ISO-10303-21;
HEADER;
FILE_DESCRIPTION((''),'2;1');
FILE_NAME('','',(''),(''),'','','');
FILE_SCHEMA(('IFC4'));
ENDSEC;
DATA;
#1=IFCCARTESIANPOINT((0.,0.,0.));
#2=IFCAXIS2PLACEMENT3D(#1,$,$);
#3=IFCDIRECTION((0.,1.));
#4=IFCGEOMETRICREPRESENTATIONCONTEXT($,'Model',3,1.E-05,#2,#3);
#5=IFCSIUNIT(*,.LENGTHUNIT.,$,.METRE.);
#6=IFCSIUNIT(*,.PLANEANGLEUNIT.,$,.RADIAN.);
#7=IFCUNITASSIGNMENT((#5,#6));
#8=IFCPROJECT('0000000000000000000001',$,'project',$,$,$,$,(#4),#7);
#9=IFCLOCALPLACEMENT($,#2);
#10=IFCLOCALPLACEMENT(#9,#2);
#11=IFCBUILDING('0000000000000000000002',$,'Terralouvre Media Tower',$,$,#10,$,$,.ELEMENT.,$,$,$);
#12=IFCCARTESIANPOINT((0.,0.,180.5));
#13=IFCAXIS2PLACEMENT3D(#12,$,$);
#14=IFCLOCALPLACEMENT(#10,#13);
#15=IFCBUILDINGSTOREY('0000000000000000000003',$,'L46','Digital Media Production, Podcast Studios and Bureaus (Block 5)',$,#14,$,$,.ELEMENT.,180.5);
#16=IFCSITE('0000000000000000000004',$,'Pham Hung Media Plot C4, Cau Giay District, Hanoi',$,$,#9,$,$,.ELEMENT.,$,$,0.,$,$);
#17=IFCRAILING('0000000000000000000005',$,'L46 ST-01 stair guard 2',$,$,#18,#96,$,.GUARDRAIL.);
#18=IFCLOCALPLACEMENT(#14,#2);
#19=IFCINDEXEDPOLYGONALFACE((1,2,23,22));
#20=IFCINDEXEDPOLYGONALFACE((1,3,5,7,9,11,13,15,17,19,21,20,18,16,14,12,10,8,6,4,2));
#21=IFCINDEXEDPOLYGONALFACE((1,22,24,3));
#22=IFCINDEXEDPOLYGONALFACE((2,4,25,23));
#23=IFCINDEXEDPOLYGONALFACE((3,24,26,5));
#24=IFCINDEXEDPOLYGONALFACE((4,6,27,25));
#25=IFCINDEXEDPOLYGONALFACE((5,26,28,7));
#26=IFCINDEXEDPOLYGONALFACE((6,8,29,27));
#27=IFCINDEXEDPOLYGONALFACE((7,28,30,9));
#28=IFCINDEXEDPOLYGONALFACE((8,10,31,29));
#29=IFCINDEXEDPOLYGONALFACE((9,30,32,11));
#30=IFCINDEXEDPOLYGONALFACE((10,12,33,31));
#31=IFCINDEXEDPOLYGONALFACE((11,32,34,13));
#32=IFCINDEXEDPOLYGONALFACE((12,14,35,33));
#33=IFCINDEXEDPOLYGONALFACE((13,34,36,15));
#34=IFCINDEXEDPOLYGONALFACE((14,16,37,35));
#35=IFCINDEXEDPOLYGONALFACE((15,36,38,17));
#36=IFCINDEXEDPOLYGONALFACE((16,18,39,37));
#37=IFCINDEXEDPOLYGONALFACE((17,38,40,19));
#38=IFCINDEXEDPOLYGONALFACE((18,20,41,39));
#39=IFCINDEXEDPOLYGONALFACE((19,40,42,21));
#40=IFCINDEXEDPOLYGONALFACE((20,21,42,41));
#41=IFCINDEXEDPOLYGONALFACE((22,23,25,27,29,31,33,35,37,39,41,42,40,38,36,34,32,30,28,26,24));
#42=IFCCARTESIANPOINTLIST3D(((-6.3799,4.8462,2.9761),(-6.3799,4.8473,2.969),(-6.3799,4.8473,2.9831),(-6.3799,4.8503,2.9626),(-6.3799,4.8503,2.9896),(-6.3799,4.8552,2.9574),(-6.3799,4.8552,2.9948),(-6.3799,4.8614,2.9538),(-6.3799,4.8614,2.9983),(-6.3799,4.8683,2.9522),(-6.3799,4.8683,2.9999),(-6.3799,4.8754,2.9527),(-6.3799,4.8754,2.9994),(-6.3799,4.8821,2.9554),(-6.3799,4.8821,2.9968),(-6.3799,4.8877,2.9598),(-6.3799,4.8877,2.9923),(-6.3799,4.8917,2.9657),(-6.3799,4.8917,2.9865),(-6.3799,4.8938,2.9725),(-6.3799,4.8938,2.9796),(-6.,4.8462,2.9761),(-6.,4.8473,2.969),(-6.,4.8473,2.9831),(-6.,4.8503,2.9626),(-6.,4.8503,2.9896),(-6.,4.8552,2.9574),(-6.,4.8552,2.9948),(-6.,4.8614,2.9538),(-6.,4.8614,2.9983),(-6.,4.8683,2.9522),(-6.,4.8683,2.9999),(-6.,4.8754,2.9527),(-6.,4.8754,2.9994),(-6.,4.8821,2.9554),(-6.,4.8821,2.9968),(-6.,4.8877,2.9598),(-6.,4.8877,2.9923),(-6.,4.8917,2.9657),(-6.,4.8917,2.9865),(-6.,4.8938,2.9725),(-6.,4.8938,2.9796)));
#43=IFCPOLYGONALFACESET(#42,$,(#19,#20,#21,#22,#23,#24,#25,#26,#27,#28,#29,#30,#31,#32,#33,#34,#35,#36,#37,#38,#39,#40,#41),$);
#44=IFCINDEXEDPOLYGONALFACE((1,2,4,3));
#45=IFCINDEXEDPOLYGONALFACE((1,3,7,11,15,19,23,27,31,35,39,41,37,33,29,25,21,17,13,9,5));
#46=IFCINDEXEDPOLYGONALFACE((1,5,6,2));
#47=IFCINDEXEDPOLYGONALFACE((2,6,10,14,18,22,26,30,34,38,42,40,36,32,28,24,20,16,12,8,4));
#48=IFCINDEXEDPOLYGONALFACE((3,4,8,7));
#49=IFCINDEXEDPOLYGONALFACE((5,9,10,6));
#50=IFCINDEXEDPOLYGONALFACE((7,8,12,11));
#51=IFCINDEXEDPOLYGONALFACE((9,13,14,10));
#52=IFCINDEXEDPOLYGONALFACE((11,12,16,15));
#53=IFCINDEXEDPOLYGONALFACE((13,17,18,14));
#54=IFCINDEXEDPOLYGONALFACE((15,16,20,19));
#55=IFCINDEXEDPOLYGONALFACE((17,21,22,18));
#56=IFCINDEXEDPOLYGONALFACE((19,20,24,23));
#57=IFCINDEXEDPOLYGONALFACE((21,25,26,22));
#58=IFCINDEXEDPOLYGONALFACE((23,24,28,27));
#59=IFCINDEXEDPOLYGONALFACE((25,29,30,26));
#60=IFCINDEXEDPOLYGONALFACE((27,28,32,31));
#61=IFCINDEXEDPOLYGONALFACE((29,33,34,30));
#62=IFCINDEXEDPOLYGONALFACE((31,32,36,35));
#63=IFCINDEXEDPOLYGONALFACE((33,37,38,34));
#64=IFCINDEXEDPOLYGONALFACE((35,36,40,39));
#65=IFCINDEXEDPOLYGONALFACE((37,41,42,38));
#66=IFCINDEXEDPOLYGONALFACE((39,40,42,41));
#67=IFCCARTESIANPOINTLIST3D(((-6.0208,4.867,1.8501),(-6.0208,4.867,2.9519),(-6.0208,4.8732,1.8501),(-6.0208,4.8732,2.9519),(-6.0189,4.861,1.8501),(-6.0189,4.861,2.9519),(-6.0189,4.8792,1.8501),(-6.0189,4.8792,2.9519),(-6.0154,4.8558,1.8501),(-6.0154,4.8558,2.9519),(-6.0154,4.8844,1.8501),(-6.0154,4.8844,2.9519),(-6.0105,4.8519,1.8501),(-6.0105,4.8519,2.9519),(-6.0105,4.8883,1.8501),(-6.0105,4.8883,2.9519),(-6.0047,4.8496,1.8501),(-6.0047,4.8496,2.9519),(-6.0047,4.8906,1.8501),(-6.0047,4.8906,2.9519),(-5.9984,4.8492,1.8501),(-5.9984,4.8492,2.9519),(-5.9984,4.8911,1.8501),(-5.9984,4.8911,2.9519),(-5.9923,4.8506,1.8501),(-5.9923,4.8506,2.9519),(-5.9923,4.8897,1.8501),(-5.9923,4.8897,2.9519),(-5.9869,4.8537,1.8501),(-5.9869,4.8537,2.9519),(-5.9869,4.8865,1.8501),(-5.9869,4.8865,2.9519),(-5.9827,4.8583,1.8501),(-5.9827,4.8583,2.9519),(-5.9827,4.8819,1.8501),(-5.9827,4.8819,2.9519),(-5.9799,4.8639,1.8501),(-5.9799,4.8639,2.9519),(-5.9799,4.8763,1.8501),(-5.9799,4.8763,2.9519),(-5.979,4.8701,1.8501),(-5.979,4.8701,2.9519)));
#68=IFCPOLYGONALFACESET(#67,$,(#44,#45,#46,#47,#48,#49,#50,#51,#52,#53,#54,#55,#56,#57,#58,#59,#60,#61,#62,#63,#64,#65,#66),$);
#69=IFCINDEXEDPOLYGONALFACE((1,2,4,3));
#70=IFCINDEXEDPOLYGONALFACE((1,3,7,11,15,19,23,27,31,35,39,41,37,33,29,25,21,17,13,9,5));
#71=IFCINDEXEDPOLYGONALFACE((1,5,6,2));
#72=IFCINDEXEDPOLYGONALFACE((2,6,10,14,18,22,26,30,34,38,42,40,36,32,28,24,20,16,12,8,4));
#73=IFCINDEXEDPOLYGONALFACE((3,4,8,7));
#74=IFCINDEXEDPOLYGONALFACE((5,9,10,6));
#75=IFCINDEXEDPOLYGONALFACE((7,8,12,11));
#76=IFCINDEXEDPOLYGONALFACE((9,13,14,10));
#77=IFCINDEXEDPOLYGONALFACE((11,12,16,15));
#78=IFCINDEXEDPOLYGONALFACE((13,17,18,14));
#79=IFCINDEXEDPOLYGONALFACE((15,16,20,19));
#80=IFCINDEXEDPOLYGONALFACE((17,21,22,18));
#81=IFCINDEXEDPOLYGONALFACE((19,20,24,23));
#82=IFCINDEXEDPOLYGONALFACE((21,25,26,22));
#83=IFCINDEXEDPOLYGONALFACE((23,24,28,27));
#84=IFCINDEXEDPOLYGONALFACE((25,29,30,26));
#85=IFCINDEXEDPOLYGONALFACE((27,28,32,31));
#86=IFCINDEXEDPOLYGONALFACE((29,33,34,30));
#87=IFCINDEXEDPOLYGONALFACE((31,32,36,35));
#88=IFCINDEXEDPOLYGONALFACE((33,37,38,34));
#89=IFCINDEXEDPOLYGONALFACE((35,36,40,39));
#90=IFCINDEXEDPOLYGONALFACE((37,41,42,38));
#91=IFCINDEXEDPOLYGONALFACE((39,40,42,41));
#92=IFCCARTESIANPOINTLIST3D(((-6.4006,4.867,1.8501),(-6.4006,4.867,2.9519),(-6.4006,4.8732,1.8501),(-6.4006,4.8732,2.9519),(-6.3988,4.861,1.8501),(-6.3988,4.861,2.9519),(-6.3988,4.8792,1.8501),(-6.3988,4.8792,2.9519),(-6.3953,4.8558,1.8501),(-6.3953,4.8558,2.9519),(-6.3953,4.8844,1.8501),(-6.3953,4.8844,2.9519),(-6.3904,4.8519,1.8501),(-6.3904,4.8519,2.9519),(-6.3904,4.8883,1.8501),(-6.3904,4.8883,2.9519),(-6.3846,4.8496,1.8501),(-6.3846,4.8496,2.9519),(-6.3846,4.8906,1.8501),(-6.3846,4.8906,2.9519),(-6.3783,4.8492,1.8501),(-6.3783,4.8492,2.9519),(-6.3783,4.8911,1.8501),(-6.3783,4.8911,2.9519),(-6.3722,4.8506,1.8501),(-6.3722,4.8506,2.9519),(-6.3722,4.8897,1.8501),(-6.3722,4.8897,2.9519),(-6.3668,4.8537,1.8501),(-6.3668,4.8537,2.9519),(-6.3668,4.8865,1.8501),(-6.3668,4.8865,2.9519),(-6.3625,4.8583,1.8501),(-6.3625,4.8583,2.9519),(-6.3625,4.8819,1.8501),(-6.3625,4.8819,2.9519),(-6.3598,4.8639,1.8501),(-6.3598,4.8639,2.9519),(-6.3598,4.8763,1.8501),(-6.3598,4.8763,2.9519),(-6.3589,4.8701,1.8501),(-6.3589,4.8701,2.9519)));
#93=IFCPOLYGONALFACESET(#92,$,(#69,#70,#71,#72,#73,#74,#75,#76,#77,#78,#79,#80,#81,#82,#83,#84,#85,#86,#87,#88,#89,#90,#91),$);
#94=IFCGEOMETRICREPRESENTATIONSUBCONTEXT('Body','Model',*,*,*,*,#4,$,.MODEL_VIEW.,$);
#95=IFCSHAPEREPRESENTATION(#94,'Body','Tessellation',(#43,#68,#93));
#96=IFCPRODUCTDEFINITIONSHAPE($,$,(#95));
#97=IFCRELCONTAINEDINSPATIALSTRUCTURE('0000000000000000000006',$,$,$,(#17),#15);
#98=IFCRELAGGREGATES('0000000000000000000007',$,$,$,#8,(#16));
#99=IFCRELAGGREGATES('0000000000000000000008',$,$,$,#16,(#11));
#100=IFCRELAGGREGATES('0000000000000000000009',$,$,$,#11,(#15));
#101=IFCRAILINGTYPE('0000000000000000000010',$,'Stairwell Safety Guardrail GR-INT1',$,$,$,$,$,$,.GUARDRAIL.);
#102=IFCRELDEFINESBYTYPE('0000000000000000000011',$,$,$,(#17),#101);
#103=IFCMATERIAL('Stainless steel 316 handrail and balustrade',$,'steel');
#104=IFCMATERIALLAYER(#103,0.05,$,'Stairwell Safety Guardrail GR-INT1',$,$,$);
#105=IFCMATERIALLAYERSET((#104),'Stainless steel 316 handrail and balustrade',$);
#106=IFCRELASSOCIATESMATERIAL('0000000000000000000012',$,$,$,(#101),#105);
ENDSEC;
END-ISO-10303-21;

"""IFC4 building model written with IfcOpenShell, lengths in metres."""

from ifc_helpers import new_model, si_unit, direction, frame, origin, origin_2d, place, context, subcontext, project, spatial, circle, extrude, material, layer, layer_set, type_object, element, save


model = new_model("IFC4")

# Units and contexts
model_context = context("Model", 3, precision=1e-05, world=origin(), true_north=direction((0.0, 1.0)))
body_context = subcontext(model_context, "Body", "Model", "MODEL_VIEW")
ifc_project = project(units=[si_unit("LENGTHUNIT", "METRE"), si_unit("PLANEANGLEUNIT", "RADIAN")], contexts=[model_context])

# Site, building, storey
site_placement = place(None, origin())
site = spatial("IfcSite", under=ifc_project, at=site_placement, Name="Pham Hung Media Plot C4, Cau Giay District, Hanoi", CompositionType="ELEMENT", RefElevation=0.0)
building_placement = place(site_placement, origin())
building = spatial("IfcBuilding", under=site, at=building_placement, Name="Terralouvre Media Tower", CompositionType="ELEMENT")
storey_placement = place(building_placement, frame((0.0, 0.0, 180.5)))
storey = spatial("IfcBuildingStorey", under=building, at=storey_placement, Name="L46", Description="Digital Media Production, Podcast Studios and Bureaus (Block 5)", CompositionType="ELEMENT", Elevation=180.5)

# Railing
ifc_material_1 = material(Name="Stainless steel 316 handrail and balustrade", Category="steel")
ifc_layer_1 = layer(ifc_material_1, 0.05, Name="Stairwell Safety Guardrail GR-INT1")
ifc_layer_set_1 = layer_set([ifc_layer_1], Name="Stainless steel 316 handrail and balustrade")
railing_type_1 = type_object("IfcRailingType", Name="Stairwell Safety Guardrail GR-INT1", PredefinedType="GUARDRAIL", material=ifc_layer_set_1)
railing_1_placement = place(storey_placement, frame((-6.0, 4.8701, 1.8501)))
element("IfcRailing", 1, at=railing_1_placement, inside=storey, type_object=railing_type_1, Name="L46 ST-01 stair guard 2", PredefinedType="GUARDRAIL", context=body_context, shape_type="SweptSolid", body=[
    extrude(circle(Radius=0.0239, at=origin_2d()), frame((0.0, 0.0, 1.126), z_axis=(-1.0, 0.0, 0.0), x_axis=(0.0, -1.0, 0.0)), (0.0, 0.0, 1.0), 0.3799),
    extrude(circle(Radius=0.021, at=origin_2d()), origin(), (0.0, 0.0, 1.0), 1.1018),
    extrude(circle(Radius=0.021, at=origin_2d()), frame((-0.3799, 0.0, 0.0)), (0.0, 0.0, 1.0), 1.1018),
])

save(model, "model.ifc")
